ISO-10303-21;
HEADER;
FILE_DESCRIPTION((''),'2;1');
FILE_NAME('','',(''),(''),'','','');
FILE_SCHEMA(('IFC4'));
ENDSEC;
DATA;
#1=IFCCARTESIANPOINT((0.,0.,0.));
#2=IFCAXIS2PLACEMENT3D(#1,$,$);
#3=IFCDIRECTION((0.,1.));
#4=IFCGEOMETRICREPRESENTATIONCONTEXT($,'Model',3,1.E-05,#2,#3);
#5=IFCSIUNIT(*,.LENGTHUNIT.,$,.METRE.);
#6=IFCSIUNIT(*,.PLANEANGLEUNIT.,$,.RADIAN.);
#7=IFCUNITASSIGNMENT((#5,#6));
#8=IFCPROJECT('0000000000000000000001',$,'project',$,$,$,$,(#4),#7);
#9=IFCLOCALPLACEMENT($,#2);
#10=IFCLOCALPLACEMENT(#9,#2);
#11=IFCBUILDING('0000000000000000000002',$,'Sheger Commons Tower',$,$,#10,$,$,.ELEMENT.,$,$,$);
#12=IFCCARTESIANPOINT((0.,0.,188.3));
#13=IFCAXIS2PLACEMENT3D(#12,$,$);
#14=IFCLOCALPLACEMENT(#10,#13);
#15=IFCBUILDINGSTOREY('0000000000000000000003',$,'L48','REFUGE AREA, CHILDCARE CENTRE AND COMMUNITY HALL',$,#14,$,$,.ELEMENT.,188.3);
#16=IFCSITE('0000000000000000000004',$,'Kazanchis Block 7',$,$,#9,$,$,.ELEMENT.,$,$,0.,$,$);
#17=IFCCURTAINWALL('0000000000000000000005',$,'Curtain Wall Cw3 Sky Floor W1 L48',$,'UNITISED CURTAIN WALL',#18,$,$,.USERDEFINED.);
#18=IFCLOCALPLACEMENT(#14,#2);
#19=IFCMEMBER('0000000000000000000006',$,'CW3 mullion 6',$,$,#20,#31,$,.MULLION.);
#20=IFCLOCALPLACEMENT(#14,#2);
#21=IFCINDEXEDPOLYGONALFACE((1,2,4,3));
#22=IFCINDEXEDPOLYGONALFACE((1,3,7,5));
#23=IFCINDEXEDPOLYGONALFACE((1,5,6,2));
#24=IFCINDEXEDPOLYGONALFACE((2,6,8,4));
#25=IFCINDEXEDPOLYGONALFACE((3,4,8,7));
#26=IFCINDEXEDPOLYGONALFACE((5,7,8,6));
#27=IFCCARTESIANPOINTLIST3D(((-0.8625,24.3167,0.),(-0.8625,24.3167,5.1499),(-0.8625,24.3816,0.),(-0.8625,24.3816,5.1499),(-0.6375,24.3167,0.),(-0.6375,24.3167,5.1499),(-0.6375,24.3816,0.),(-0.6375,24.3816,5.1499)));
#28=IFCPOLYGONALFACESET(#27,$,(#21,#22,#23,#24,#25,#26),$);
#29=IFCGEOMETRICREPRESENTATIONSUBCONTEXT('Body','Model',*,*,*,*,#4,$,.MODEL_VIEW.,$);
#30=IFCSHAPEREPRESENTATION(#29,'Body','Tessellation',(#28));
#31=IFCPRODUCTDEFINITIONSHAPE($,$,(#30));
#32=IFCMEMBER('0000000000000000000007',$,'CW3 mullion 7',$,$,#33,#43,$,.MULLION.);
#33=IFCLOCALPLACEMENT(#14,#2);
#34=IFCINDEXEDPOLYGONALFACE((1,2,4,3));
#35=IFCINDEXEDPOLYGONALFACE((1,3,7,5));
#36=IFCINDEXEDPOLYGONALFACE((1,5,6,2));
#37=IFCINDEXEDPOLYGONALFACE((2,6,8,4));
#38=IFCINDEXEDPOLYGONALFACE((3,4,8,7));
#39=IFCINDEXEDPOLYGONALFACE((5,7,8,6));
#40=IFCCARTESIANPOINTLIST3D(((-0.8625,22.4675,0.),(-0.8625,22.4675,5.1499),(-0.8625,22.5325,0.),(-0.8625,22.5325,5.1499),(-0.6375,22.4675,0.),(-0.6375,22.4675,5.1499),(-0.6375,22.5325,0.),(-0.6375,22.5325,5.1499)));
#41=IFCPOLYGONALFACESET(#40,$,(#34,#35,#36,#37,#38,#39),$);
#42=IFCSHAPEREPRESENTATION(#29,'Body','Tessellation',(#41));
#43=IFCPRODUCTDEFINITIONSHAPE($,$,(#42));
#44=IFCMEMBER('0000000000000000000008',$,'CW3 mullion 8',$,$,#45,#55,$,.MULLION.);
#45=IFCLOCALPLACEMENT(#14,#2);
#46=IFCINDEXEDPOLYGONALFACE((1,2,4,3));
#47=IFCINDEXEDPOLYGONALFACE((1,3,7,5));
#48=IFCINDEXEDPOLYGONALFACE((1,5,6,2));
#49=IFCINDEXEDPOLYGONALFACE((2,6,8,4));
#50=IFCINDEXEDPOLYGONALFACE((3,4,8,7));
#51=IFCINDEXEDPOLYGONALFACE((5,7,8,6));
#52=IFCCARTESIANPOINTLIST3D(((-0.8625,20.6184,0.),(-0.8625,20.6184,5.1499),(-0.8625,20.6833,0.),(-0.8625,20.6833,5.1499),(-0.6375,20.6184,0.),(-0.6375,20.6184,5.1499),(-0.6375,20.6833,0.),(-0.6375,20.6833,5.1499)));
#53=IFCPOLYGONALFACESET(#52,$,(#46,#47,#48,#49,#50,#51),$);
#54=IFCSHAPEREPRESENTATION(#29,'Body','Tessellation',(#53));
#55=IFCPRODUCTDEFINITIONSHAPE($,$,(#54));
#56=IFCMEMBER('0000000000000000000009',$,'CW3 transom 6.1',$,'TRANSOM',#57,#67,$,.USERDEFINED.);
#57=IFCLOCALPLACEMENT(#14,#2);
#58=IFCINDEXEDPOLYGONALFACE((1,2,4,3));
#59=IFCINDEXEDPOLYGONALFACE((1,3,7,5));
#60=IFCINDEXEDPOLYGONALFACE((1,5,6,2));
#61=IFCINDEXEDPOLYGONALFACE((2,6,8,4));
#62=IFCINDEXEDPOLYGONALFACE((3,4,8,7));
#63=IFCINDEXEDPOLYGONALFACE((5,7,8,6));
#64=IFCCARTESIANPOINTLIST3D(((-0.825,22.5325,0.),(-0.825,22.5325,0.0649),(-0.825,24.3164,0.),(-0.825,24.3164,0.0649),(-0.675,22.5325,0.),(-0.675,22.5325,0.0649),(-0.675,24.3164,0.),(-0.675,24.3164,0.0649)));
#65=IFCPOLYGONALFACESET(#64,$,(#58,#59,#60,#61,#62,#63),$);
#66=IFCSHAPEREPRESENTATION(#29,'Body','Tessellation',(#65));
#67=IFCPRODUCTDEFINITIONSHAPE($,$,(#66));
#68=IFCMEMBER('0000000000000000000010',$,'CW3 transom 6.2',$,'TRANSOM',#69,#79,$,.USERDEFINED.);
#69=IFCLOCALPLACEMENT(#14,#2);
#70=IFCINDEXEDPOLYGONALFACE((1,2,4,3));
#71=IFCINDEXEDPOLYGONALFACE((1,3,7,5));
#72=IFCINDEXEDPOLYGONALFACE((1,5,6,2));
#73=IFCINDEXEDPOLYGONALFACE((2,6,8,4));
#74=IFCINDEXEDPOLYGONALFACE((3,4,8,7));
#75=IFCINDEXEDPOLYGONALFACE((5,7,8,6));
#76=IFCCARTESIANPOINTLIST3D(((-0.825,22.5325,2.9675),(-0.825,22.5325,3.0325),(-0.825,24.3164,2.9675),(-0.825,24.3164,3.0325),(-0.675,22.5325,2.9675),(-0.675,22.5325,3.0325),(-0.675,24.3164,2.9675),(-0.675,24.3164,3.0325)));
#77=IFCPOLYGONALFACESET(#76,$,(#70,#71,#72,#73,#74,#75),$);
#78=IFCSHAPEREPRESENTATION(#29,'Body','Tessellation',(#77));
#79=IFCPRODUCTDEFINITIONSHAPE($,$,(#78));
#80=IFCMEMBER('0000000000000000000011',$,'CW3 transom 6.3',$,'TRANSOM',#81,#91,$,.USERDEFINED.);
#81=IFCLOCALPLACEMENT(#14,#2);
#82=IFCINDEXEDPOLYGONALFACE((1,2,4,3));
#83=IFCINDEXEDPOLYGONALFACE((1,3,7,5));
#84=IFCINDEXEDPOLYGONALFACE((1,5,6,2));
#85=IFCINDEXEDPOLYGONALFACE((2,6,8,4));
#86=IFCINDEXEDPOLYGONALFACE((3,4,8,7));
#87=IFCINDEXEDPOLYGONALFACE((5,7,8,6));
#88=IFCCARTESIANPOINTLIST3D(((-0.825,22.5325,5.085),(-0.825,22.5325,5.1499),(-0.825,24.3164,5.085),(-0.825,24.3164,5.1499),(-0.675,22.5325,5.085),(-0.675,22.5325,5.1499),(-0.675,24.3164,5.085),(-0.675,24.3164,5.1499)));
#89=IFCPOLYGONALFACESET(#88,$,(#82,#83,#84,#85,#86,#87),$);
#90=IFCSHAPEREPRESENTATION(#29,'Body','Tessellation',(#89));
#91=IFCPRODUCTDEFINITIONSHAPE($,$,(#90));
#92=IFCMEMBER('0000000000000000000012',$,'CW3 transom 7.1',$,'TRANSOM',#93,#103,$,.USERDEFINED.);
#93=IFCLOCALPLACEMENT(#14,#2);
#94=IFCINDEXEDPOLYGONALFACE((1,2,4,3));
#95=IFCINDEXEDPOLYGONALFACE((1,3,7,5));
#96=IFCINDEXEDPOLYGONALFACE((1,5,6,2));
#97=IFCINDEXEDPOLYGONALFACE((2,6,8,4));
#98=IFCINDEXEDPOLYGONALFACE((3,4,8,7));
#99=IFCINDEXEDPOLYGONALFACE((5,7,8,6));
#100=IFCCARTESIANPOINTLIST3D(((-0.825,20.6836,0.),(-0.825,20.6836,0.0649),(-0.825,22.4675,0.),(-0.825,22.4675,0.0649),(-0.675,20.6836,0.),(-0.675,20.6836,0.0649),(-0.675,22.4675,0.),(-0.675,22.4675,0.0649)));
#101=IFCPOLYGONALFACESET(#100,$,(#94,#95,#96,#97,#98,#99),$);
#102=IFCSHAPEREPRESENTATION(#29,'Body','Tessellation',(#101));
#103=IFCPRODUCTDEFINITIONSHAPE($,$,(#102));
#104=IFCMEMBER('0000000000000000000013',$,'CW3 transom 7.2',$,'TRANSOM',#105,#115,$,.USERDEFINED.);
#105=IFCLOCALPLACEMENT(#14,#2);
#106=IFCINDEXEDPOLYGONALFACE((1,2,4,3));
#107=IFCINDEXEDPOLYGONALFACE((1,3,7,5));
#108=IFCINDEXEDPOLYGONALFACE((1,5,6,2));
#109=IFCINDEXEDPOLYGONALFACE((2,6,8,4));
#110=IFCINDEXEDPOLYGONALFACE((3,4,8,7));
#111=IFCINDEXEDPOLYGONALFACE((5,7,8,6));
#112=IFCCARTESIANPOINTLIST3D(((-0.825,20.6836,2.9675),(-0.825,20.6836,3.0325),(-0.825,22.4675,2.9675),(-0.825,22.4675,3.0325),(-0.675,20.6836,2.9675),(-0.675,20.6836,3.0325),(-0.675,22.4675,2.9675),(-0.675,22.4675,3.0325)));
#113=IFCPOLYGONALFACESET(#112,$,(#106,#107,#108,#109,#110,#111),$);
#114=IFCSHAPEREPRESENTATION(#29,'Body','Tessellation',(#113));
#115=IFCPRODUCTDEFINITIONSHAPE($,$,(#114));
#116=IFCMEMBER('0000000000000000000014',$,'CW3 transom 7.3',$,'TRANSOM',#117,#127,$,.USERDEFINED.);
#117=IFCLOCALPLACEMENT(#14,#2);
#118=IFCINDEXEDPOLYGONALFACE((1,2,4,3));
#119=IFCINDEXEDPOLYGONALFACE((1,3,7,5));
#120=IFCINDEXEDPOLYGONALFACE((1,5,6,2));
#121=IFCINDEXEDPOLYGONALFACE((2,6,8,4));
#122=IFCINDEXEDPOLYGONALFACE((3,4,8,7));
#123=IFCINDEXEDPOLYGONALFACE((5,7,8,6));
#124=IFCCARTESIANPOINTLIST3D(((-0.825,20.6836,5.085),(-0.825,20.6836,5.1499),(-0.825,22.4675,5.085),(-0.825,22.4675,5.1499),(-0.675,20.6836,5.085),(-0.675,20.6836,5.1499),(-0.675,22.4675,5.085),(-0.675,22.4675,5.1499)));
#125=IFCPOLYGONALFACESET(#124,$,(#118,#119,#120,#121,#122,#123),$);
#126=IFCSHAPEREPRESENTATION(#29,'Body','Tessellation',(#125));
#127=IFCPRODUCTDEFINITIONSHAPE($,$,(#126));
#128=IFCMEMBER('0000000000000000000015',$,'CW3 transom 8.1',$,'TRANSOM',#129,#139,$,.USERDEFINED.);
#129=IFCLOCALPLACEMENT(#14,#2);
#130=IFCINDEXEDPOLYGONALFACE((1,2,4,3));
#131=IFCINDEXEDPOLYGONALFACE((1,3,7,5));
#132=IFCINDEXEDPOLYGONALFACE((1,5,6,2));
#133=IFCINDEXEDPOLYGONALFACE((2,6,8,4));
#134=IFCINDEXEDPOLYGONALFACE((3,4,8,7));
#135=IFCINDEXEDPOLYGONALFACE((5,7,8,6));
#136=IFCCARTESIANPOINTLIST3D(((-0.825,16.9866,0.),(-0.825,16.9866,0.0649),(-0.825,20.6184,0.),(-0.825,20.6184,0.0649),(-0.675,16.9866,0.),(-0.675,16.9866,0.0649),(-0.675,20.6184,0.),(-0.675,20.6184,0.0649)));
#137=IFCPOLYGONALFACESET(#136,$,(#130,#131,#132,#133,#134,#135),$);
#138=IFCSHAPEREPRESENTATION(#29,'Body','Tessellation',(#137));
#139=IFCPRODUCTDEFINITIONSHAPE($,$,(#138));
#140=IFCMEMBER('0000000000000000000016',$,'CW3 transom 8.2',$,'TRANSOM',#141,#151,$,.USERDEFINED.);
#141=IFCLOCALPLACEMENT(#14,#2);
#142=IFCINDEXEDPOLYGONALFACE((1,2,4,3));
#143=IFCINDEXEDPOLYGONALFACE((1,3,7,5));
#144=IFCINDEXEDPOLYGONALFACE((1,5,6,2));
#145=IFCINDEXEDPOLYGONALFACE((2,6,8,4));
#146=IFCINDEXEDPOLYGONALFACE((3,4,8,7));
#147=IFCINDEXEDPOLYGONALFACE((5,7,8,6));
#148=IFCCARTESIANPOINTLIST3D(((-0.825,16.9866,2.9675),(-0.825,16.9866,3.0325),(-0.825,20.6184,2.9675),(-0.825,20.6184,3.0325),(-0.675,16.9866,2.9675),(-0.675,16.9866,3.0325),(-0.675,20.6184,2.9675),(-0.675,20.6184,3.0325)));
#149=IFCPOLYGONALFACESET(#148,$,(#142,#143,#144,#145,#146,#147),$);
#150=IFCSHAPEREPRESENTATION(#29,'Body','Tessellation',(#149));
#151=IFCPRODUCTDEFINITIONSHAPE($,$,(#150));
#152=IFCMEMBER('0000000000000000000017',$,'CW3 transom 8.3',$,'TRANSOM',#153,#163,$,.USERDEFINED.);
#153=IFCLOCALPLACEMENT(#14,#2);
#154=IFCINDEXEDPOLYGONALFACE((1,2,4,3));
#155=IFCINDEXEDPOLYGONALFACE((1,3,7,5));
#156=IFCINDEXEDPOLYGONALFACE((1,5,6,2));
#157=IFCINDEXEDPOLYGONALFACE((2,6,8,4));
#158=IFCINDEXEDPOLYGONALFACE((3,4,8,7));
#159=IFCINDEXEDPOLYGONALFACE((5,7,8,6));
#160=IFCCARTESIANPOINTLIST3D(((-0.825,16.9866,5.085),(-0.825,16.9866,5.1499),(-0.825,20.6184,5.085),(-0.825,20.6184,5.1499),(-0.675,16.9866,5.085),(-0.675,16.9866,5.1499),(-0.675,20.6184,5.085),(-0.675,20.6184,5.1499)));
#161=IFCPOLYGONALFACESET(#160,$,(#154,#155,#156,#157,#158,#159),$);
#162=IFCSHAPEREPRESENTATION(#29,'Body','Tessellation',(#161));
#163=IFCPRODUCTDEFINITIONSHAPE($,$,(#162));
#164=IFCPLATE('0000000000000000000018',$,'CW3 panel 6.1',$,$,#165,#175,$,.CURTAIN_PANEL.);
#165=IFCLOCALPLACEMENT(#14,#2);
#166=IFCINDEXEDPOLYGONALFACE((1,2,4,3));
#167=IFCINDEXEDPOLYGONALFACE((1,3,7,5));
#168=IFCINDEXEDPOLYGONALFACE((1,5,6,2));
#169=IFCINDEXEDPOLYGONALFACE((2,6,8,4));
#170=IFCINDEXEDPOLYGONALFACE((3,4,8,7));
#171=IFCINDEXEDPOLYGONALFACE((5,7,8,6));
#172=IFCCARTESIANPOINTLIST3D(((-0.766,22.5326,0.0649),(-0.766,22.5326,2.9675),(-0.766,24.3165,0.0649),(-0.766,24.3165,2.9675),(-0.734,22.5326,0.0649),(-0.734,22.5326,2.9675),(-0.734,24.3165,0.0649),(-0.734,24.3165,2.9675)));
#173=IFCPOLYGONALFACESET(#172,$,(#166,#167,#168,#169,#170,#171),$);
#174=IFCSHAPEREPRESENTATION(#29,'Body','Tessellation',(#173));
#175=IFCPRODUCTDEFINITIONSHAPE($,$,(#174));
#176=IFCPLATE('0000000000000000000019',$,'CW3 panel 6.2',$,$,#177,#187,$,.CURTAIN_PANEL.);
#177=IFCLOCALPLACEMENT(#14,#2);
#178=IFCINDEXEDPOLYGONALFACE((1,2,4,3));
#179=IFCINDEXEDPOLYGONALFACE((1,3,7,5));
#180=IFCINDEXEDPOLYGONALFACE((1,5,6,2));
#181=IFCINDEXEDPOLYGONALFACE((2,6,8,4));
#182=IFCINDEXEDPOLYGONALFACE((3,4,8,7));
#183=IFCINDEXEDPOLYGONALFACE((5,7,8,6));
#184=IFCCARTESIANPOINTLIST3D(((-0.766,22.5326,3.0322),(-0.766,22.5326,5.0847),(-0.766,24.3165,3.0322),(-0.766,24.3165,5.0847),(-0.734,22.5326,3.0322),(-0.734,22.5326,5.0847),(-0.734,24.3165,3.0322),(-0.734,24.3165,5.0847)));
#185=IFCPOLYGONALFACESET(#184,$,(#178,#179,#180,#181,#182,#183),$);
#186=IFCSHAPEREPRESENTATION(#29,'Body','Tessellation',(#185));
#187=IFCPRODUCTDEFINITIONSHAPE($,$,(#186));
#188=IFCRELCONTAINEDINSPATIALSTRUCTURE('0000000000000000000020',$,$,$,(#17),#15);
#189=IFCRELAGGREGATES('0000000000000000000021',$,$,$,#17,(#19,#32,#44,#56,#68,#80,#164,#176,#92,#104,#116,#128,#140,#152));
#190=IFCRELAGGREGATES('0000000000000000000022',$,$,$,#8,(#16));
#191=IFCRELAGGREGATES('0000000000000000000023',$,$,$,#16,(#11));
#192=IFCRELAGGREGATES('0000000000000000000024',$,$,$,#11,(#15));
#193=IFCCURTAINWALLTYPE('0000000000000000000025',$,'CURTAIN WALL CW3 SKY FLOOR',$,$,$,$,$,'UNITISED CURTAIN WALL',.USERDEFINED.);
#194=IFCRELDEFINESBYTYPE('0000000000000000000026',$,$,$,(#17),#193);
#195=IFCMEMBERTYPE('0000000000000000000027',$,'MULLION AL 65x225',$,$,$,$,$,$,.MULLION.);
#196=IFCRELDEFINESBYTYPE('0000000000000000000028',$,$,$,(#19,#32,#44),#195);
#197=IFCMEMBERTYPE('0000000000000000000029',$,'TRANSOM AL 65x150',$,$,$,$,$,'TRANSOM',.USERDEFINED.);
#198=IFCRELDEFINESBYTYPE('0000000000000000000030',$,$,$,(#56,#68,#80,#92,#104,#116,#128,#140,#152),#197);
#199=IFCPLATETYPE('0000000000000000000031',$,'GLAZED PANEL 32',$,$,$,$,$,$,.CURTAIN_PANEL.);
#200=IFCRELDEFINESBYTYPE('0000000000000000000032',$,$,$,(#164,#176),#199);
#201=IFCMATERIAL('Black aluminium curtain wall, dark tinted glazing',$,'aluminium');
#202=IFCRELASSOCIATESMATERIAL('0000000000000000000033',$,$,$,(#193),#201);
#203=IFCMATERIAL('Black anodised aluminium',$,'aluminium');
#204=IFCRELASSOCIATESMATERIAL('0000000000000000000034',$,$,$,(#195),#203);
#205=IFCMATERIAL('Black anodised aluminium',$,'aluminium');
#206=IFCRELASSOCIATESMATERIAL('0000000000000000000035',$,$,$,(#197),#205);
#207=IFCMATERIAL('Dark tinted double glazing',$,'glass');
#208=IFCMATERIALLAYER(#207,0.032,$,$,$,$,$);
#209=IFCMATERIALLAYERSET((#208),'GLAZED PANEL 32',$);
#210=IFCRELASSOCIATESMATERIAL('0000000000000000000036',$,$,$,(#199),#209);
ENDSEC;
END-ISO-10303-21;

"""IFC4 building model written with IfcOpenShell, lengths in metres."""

from ifc_helpers import new_model, si_unit, direction, frame, origin, origin_2d, place, context, subcontext, project, spatial, rectangle, extrude, material, layer, layer_set, material_profile, profile_set, type_object, element, aggregate, save


model = new_model("IFC4")

# Units and contexts
model_context = context("Model", 3, precision=1e-05, world=origin(), true_north=direction((0.0, 1.0)))
body_context = subcontext(model_context, "Body", "Model", "MODEL_VIEW")
ifc_project = project(units=[si_unit("LENGTHUNIT", "METRE"), si_unit("PLANEANGLEUNIT", "RADIAN")], contexts=[model_context])

# Site, building, storey
site_placement = place(None, origin())
site = spatial("IfcSite", under=ifc_project, at=site_placement, Name="Kazanchis Block 7", CompositionType="ELEMENT", RefElevation=0.0)
building_placement = place(site_placement, origin())
building = spatial("IfcBuilding", under=site, at=building_placement, Name="Sheger Commons Tower", CompositionType="ELEMENT")
storey_placement = place(building_placement, frame((0.0, 0.0, 188.3)))
storey = spatial("IfcBuildingStorey", under=building, at=storey_placement, Name="L48", Description="REFUGE AREA, CHILDCARE CENTRE AND COMMUNITY HALL", CompositionType="ELEMENT", Elevation=188.3)

# Curtain wall, members, plates
ifc_material_1 = material(Name="Black aluminium curtain wall, dark tinted glazing", Category="aluminium")
curtain_wall_type = type_object("IfcCurtainWallType", Name="CURTAIN WALL CW3 SKY FLOOR", ElementType="UNITISED CURTAIN WALL", PredefinedType="USERDEFINED", material=ifc_material_1)
curtain_wall_placement = place(storey_placement, origin())
curtain_wall = element("IfcCurtainWall", 1, at=curtain_wall_placement, inside=storey, type_object=curtain_wall_type, Name="Curtain Wall Cw3 Sky Floor W1 L48", ObjectType="UNITISED CURTAIN WALL", PredefinedType="USERDEFINED")
ifc_material_2 = material(Name="Black anodised aluminium", Category="aluminium")
ifc_material_profile_1 = material_profile(ifc_material_2, rectangle(XDim=0.2251, YDim=0.0649, at=origin_2d()), Name="AL 65x225")
ifc_profile_set_1 = profile_set([ifc_material_profile_1], Name="Black anodised aluminium")
member_type_1 = type_object("IfcMemberType", Name="MULLION AL 65x225", PredefinedType="MULLION", material=ifc_profile_set_1)
member_1_placement = place(storey_placement, frame((-0.75, 24.3491, 0.0), z_axis=(0.0, 0.0, 1.0), x_axis=(1.0, 0.0, 0.0)))
member_1 = element("IfcMember", 2, at=member_1_placement, type_object=member_type_1, Name="CW3 mullion 6", PredefinedType="MULLION", context=body_context, shape_type="SweptSolid", body=[
    extrude(rectangle(XDim=0.2251, YDim=0.0649, at=origin_2d()), origin(), (0.0, 0.0, 1.0), 5.1499),
])
member_2_placement = place(storey_placement, frame((-0.75, 22.5, 0.0), z_axis=(0.0, 0.0, 1.0), x_axis=(1.0, 0.0, 0.0)))
member_2 = element("IfcMember", 3, at=member_2_placement, type_object=member_type_1, Name="CW3 mullion 7", PredefinedType="MULLION", context=body_context, shape_type="SweptSolid", body=[
    extrude(rectangle(XDim=0.2251, YDim=0.0649, at=origin_2d()), origin(), (0.0, 0.0, 1.0), 5.1499),
])
member_3_placement = place(storey_placement, frame((-0.75, 20.6509, 0.0), z_axis=(0.0, 0.0, 1.0), x_axis=(1.0, 0.0, 0.0)))
member_3 = element("IfcMember", 4, at=member_3_placement, type_object=member_type_1, Name="CW3 mullion 8", PredefinedType="MULLION", context=body_context, shape_type="SweptSolid", body=[
    extrude(rectangle(XDim=0.2251, YDim=0.0649, at=origin_2d()), origin(), (0.0, 0.0, 1.0), 5.1499),
])
ifc_material_3 = material(Name="Black anodised aluminium", Category="aluminium")
ifc_material_profile_2 = material_profile(ifc_material_3, rectangle(XDim=0.1499, YDim=0.0649, at=origin_2d()), Name="AL 65x150")
ifc_profile_set_2 = profile_set([ifc_material_profile_2], Name="Black anodised aluminium")
member_type_2 = type_object("IfcMemberType", Name="TRANSOM AL 65x150", ElementType="TRANSOM", PredefinedType="USERDEFINED", material=ifc_profile_set_2)
member_4_placement = place(storey_placement, frame((-0.75, 24.3164, 0.0325), z_axis=(0.0, -1.0, 0.0), x_axis=(1.0, 0.0, 0.0)))
member_4 = element("IfcMember", 5, at=member_4_placement, type_object=member_type_2, Name="CW3 transom 6.1", ObjectType="TRANSOM", PredefinedType="USERDEFINED", context=body_context, shape_type="SweptSolid", body=[
    extrude(rectangle(XDim=0.1499, YDim=0.0649, at=origin_2d()), origin(), (0.0, 0.0, 1.0), 1.7839),
])
member_5_placement = place(storey_placement, frame((-0.75, 24.3164, 3.0), z_axis=(0.0, -1.0, 0.0), x_axis=(1.0, 0.0, 0.0)))
member_5 = element("IfcMember", 6, at=member_5_placement, type_object=member_type_2, Name="CW3 transom 6.2", ObjectType="TRANSOM", PredefinedType="USERDEFINED", context=body_context, shape_type="SweptSolid", body=[
    extrude(rectangle(XDim=0.1499, YDim=0.0649, at=origin_2d()), origin(), (0.0, 0.0, 1.0), 1.7839),
])
member_6_placement = place(storey_placement, frame((-0.75, 24.3164, 5.1174), z_axis=(0.0, -1.0, 0.0), x_axis=(1.0, 0.0, 0.0)))
member_6 = element("IfcMember", 7, at=member_6_placement, type_object=member_type_2, Name="CW3 transom 6.3", ObjectType="TRANSOM", PredefinedType="USERDEFINED", context=body_context, shape_type="SweptSolid", body=[
    extrude(rectangle(XDim=0.1499, YDim=0.0649, at=origin_2d()), origin(), (0.0, 0.0, 1.0), 1.7839),
])
member_7_placement = place(storey_placement, frame((-0.75, 22.4675, 0.0325), z_axis=(0.0, -1.0, 0.0), x_axis=(1.0, 0.0, 0.0)))
member_7 = element("IfcMember", 8, at=member_7_placement, type_object=member_type_2, Name="CW3 transom 7.1", ObjectType="TRANSOM", PredefinedType="USERDEFINED", context=body_context, shape_type="SweptSolid", body=[
    extrude(rectangle(XDim=0.1499, YDim=0.0649, at=origin_2d()), origin(), (0.0, 0.0, 1.0), 1.7839),
])
member_8_placement = place(storey_placement, frame((-0.75, 22.4675, 3.0), z_axis=(0.0, -1.0, 0.0), x_axis=(1.0, 0.0, 0.0)))
member_8 = element("IfcMember", 9, at=member_8_placement, type_object=member_type_2, Name="CW3 transom 7.2", ObjectType="TRANSOM", PredefinedType="USERDEFINED", context=body_context, shape_type="SweptSolid", body=[
    extrude(rectangle(XDim=0.1499, YDim=0.0649, at=origin_2d()), origin(), (0.0, 0.0, 1.0), 1.7839),
])
member_9_placement = place(storey_placement, frame((-0.75, 22.4675, 5.1174), z_axis=(0.0, -1.0, 0.0), x_axis=(1.0, 0.0, 0.0)))
member_9 = element("IfcMember", 10, at=member_9_placement, type_object=member_type_2, Name="CW3 transom 7.3", ObjectType="TRANSOM", PredefinedType="USERDEFINED", context=body_context, shape_type="SweptSolid", body=[
    extrude(rectangle(XDim=0.1499, YDim=0.0649, at=origin_2d()), origin(), (0.0, 0.0, 1.0), 1.7839),
])
member_10_placement = place(storey_placement, frame((-0.75, 20.6184, 0.0325), z_axis=(0.0, -1.0, 0.0), x_axis=(1.0, 0.0, 0.0)))
member_10 = element("IfcMember", 11, at=member_10_placement, type_object=member_type_2, Name="CW3 transom 8.1", ObjectType="TRANSOM", PredefinedType="USERDEFINED", context=body_context, shape_type="SweptSolid", body=[
    extrude(rectangle(XDim=0.1499, YDim=0.0649, at=origin_2d()), origin(), (0.0, 0.0, 1.0), 3.6318),
])
member_11_placement = place(storey_placement, frame((-0.75, 20.6184, 3.0), z_axis=(0.0, -1.0, 0.0), x_axis=(1.0, 0.0, 0.0)))
member_11 = element("IfcMember", 12, at=member_11_placement, type_object=member_type_2, Name="CW3 transom 8.2", ObjectType="TRANSOM", PredefinedType="USERDEFINED", context=body_context, shape_type="SweptSolid", body=[
    extrude(rectangle(XDim=0.1499, YDim=0.0649, at=origin_2d()), origin(), (0.0, 0.0, 1.0), 3.6318),
])
member_12_placement = place(storey_placement, frame((-0.75, 20.6184, 5.1174), z_axis=(0.0, -1.0, 0.0), x_axis=(1.0, 0.0, 0.0)))
member_12 = element("IfcMember", 13, at=member_12_placement, type_object=member_type_2, Name="CW3 transom 8.3", ObjectType="TRANSOM", PredefinedType="USERDEFINED", context=body_context, shape_type="SweptSolid", body=[
    extrude(rectangle(XDim=0.1499, YDim=0.0649, at=origin_2d()), origin(), (0.0, 0.0, 1.0), 3.6318),
])
ifc_material_4 = material(Name="Dark tinted double glazing", Category="glass")
ifc_layer_1 = layer(ifc_material_4, 0.032)
ifc_layer_set_1 = layer_set([ifc_layer_1], Name="GLAZED PANEL 32")
plate_type_1 = type_object("IfcPlateType", Name="GLAZED PANEL 32", PredefinedType="CURTAIN_PANEL", material=ifc_layer_set_1)
plate_1_placement = place(storey_placement, frame((-0.75, 23.4246, 0.0649), z_axis=(0.0, 0.0, 1.0), x_axis=(0.0, -1.0, 0.0)))
plate_1 = element("IfcPlate", 14, at=plate_1_placement, type_object=plate_type_1, Name="CW3 panel 6.1", PredefinedType="CURTAIN_PANEL", context=body_context, shape_type="SweptSolid", body=[
    extrude(rectangle(XDim=1.7839, YDim=0.032, at=origin_2d()), origin(), (0.0, 0.0, 1.0), 2.9026),
])
plate_2_placement = place(storey_placement, frame((-0.75, 23.4246, 3.0322), z_axis=(0.0, 0.0, 1.0), x_axis=(0.0, -1.0, 0.0)))
plate_2 = element("IfcPlate", 15, at=plate_2_placement, type_object=plate_type_1, Name="CW3 panel 6.2", PredefinedType="CURTAIN_PANEL", context=body_context, shape_type="SweptSolid", body=[
    extrude(rectangle(XDim=1.7839, YDim=0.032, at=origin_2d()), origin(), (0.0, 0.0, 1.0), 2.0525),
])
aggregate(curtain_wall, [member_1, member_2, member_3, member_4, member_5, member_6, plate_1, plate_2, member_7, member_8, member_9, member_10, member_11, member_12])

save(model, "model.ifc")
